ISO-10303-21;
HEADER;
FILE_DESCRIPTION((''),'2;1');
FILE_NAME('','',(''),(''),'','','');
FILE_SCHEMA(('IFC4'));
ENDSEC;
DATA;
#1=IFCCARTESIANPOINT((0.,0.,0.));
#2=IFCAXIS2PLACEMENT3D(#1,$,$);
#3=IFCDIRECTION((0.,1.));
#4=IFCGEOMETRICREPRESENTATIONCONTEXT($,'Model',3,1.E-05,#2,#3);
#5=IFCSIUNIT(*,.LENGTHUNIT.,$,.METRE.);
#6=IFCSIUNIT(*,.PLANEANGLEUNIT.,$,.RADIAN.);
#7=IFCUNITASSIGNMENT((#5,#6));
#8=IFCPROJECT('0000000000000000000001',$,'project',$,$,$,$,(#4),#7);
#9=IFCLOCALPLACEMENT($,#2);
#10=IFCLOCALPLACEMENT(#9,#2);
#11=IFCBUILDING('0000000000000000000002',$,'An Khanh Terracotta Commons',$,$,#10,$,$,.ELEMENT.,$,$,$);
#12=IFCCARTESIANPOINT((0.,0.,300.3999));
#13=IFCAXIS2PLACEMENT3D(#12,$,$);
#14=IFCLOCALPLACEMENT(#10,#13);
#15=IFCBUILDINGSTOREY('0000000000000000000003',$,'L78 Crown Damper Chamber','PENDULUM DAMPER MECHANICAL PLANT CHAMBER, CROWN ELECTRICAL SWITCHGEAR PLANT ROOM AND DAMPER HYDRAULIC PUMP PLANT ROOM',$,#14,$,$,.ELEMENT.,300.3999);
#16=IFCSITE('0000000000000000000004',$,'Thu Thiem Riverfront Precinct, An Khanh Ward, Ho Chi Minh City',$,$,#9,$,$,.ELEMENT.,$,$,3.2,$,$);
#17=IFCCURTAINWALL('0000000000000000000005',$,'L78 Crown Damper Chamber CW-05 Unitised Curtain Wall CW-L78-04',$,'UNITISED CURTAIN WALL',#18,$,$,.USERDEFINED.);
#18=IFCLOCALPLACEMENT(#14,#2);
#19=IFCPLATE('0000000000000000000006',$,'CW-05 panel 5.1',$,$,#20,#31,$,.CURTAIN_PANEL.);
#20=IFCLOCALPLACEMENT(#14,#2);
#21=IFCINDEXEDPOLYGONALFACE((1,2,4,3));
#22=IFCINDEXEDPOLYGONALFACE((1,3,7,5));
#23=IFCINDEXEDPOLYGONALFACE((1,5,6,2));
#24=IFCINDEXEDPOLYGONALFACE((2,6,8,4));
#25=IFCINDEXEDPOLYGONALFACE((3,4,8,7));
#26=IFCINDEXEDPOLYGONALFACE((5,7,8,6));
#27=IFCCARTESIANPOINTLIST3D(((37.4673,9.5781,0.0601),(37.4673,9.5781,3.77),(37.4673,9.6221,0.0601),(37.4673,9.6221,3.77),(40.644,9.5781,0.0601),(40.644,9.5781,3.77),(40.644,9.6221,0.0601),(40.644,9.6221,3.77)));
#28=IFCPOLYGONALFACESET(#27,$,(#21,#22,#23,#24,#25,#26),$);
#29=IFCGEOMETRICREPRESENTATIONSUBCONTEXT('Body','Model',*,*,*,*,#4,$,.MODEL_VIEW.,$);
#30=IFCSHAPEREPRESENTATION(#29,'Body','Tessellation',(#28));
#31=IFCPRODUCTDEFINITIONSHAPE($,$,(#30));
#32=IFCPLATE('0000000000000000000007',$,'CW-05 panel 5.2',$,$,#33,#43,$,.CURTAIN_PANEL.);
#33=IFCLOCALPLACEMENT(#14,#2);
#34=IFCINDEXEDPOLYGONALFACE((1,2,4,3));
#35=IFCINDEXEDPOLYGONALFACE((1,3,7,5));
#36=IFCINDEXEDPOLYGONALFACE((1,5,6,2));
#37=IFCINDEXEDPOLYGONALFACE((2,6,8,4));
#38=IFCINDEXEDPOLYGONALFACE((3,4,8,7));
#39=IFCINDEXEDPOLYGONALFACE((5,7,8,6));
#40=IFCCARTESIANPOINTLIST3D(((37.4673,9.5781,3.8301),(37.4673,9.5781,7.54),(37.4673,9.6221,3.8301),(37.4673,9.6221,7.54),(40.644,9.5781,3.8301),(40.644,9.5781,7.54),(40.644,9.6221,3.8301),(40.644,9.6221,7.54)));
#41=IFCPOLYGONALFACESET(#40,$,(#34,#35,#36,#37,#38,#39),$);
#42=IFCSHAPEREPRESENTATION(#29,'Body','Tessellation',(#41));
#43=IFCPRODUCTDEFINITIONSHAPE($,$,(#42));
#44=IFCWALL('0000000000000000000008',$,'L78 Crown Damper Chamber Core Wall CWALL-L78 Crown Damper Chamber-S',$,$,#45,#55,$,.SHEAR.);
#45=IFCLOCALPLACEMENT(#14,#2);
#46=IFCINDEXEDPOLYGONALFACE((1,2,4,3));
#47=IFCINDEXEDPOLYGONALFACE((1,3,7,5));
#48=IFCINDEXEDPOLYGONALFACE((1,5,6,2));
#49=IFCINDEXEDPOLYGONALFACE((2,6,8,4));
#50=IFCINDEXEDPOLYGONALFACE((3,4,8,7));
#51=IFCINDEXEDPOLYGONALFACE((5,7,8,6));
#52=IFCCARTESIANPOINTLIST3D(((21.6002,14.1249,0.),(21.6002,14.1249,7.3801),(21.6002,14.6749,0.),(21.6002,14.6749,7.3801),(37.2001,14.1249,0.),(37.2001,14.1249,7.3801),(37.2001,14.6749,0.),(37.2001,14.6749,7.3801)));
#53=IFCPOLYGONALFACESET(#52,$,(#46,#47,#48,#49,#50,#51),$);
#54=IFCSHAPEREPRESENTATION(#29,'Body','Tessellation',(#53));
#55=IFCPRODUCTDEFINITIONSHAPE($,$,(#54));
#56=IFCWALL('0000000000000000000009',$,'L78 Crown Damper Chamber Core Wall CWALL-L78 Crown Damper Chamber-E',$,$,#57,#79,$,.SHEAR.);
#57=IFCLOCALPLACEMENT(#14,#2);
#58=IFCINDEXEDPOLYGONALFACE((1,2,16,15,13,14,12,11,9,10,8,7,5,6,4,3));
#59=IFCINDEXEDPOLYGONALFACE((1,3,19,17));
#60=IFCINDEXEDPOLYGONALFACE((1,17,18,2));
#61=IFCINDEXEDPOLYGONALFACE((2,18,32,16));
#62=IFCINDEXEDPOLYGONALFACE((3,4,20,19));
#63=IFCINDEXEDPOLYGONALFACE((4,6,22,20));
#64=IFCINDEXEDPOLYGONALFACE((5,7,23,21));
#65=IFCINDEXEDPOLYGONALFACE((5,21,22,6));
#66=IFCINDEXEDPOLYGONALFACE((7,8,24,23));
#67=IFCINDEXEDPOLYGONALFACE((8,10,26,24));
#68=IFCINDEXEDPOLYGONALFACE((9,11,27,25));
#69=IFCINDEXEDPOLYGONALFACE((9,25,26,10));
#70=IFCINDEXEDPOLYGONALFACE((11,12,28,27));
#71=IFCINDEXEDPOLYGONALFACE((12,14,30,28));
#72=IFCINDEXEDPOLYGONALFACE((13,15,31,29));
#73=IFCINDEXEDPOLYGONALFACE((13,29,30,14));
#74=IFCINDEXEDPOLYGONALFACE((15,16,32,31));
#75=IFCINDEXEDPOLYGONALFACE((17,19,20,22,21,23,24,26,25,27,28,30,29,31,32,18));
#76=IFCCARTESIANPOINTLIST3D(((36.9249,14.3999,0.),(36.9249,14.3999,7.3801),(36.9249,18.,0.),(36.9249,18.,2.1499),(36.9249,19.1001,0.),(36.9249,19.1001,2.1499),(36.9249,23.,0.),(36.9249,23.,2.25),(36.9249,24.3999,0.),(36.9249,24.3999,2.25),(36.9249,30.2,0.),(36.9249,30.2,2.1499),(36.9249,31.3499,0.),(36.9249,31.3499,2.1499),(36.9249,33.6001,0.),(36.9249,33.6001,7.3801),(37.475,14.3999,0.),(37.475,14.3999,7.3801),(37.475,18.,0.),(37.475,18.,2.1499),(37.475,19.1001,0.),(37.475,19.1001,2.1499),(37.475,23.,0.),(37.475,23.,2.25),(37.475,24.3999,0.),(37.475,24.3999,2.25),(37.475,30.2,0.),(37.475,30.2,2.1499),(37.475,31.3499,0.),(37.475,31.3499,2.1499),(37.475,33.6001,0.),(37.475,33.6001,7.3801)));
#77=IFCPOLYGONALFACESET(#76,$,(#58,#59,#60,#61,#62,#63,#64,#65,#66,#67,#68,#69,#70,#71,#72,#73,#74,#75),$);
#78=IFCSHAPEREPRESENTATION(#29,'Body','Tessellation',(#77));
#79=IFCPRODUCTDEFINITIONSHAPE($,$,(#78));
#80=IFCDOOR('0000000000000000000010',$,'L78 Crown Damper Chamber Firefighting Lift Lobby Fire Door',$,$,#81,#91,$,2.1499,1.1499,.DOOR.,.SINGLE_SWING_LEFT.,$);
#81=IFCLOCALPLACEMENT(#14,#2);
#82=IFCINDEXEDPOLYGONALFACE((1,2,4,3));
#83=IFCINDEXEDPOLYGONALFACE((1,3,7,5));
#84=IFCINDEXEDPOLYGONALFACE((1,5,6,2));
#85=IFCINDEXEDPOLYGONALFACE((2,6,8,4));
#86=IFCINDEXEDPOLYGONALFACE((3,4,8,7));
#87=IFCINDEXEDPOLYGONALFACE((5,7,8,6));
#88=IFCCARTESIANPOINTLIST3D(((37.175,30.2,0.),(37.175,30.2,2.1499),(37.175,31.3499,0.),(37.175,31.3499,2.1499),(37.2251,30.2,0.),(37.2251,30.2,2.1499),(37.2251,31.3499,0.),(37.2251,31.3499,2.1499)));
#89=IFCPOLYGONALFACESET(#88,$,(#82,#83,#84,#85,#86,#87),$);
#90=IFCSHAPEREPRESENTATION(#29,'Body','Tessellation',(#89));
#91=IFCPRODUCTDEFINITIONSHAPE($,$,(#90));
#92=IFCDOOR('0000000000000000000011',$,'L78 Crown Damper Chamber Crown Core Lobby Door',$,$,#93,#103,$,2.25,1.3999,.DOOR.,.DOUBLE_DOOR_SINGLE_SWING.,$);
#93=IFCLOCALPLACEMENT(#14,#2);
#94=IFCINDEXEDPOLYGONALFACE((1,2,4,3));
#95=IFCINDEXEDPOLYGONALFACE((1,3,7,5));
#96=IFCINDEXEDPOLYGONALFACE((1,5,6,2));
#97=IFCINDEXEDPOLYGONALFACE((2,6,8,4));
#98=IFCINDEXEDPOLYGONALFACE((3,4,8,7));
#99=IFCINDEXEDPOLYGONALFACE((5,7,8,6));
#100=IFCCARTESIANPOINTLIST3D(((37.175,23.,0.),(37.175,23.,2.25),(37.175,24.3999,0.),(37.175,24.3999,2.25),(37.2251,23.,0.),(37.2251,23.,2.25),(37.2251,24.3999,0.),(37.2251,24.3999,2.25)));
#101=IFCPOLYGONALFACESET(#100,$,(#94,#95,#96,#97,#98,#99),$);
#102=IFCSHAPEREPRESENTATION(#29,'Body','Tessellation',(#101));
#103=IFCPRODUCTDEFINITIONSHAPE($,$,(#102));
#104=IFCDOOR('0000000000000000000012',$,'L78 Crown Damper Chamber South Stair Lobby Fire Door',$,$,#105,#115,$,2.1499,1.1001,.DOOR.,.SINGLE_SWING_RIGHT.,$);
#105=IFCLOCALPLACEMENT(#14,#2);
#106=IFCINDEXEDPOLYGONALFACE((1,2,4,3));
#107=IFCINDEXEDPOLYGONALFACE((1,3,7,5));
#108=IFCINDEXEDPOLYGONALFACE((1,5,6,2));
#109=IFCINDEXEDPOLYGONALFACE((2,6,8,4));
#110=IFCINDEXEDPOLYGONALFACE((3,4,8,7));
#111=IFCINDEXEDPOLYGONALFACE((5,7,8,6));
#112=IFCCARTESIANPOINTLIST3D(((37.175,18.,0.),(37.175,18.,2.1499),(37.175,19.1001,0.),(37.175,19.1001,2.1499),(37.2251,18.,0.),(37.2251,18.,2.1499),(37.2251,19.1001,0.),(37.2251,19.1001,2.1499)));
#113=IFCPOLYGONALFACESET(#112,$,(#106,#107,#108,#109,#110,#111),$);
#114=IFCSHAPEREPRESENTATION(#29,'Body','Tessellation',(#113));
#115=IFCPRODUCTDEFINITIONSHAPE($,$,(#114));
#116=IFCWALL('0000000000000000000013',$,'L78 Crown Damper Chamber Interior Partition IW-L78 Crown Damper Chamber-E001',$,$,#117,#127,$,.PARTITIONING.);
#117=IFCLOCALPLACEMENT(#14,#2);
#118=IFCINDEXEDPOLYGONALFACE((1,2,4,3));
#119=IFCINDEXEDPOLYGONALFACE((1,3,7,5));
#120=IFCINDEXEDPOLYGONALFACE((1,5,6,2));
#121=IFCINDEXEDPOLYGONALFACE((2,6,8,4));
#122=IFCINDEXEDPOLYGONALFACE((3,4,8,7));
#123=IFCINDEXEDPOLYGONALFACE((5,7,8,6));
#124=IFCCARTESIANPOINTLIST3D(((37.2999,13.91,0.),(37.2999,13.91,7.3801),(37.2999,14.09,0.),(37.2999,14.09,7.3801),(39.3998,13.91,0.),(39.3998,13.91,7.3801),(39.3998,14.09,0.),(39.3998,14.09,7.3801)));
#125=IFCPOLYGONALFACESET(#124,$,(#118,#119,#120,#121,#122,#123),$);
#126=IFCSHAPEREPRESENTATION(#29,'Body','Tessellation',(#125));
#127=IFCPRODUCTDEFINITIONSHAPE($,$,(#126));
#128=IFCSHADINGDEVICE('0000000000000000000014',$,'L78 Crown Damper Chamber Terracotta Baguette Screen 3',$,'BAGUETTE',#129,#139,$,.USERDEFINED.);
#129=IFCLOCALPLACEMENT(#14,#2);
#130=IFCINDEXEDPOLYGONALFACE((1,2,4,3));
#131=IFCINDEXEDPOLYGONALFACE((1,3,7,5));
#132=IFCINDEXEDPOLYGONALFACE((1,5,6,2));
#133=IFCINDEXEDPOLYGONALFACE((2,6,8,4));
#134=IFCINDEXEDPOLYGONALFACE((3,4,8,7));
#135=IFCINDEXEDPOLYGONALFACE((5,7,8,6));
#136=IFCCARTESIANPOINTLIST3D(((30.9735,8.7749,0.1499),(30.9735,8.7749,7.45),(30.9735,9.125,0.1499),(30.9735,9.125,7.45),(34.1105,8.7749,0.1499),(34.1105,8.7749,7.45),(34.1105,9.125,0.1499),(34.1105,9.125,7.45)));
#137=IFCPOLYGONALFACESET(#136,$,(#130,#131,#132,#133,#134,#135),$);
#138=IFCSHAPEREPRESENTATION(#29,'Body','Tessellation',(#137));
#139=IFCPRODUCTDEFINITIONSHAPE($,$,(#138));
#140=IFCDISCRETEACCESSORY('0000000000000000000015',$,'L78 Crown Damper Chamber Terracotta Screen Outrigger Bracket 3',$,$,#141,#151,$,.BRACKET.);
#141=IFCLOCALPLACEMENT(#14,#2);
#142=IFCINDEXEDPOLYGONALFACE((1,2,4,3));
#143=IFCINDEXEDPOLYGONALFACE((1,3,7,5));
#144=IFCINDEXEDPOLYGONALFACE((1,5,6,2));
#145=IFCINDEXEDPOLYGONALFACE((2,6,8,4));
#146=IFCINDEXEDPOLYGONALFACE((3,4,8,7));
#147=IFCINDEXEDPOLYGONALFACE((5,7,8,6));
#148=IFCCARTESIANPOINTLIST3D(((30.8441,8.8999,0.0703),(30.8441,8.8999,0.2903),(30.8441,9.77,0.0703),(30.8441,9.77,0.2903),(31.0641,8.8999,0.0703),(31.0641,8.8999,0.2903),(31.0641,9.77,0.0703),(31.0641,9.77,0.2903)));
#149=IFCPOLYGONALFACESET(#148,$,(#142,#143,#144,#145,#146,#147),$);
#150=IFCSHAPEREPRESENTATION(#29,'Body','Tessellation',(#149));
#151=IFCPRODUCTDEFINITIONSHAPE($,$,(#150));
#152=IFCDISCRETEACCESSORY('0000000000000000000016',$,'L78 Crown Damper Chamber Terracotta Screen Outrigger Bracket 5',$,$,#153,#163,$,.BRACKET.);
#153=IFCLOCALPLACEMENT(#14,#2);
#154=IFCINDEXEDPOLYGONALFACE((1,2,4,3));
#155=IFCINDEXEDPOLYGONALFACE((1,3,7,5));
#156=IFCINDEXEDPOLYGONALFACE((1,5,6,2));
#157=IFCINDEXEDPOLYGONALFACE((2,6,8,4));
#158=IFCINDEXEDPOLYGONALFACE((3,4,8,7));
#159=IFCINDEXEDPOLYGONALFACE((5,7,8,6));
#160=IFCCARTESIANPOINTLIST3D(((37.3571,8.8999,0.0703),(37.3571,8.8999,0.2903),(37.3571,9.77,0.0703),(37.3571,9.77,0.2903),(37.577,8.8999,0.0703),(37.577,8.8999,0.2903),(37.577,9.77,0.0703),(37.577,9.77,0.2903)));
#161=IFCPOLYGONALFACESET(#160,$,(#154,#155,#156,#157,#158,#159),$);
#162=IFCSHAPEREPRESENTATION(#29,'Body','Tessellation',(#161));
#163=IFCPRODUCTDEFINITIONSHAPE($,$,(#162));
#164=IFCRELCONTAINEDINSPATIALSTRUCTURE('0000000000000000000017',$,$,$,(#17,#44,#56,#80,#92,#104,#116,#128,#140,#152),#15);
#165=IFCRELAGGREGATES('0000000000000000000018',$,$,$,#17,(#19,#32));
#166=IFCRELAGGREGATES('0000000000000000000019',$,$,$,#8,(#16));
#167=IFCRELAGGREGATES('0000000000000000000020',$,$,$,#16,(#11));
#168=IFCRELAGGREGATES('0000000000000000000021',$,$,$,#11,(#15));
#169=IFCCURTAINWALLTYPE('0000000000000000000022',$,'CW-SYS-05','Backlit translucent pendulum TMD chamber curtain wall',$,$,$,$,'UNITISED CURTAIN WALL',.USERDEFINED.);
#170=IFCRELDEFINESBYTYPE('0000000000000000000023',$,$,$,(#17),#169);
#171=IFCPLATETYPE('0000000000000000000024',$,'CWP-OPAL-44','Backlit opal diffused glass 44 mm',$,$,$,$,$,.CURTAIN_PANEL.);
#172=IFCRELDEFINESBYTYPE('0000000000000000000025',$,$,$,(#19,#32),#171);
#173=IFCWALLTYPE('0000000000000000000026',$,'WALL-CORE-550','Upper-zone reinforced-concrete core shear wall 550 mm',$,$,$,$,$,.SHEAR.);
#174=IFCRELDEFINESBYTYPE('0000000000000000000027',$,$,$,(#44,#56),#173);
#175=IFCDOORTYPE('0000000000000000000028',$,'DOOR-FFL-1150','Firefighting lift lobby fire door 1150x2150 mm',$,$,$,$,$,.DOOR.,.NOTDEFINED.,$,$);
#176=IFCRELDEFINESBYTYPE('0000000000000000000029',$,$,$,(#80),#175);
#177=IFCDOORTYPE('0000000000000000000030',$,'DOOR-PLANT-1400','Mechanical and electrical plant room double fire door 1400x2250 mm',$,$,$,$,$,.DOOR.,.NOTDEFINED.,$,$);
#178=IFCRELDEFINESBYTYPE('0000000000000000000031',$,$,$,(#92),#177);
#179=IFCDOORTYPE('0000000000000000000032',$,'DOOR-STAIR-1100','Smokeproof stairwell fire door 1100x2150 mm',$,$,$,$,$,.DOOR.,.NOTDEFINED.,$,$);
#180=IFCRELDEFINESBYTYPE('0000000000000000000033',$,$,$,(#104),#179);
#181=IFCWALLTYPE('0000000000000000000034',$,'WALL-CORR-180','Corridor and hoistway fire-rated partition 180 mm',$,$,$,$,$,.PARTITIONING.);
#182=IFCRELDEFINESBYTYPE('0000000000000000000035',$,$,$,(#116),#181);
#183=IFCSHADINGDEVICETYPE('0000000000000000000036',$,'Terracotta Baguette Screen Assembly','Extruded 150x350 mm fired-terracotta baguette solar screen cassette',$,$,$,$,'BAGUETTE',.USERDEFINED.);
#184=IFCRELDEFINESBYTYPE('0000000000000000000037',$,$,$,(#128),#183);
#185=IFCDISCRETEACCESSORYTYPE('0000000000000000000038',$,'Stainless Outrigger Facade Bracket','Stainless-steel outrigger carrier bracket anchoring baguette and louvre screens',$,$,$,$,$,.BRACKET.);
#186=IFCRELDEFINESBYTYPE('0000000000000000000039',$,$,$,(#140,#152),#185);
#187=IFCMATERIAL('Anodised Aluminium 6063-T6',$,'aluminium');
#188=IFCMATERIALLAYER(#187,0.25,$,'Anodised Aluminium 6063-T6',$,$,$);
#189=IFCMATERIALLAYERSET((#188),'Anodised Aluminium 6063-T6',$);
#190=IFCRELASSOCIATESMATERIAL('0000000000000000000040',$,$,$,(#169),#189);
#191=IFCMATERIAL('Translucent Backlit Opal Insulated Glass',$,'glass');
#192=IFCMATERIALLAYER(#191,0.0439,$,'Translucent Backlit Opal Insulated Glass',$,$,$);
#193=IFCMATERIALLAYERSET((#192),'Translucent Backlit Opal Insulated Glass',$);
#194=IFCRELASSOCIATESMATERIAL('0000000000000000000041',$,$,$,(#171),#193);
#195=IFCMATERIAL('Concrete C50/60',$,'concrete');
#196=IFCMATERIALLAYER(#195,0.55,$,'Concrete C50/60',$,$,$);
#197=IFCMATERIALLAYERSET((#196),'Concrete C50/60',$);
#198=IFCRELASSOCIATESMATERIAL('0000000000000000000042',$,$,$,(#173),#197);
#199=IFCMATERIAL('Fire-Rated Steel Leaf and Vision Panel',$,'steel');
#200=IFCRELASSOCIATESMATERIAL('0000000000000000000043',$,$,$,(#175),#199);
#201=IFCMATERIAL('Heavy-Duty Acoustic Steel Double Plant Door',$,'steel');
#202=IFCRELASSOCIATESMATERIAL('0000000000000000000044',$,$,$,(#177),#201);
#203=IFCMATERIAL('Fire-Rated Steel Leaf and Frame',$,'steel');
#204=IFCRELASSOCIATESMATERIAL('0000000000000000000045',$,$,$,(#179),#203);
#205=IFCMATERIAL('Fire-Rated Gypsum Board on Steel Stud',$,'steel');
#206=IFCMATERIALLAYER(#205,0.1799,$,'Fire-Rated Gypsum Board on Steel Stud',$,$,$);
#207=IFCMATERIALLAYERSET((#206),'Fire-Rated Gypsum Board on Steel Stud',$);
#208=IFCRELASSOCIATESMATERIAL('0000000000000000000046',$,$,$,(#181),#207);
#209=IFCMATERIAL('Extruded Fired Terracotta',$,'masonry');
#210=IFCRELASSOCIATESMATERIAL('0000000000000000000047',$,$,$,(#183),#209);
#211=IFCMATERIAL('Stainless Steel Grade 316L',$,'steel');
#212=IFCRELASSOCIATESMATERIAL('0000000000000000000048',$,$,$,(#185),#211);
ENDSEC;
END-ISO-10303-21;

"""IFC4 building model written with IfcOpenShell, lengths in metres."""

from ifc_helpers import new_model, si_unit, direction, frame, frame_2d, origin, origin_2d, place, context, subcontext, project, spatial, rectangle, extrude, material, layer, layer_set, type_object, element, fill, aggregate, save


model = new_model("IFC4")

# Units and contexts
model_context = context("Model", 3, precision=1e-05, world=origin(), true_north=direction((0.0, 1.0)))
body_context = subcontext(model_context, "Body", "Model", "MODEL_VIEW")
ifc_project = project(units=[si_unit("LENGTHUNIT", "METRE"), si_unit("PLANEANGLEUNIT", "RADIAN")], contexts=[model_context])

# Site, building, storey
site_placement = place(None, origin())
site = spatial("IfcSite", under=ifc_project, at=site_placement, Name="Thu Thiem Riverfront Precinct, An Khanh Ward, Ho Chi Minh City", CompositionType="ELEMENT", RefElevation=3.2)
building_placement = place(site_placement, origin())
building = spatial("IfcBuilding", under=site, at=building_placement, Name="An Khanh Terracotta Commons", CompositionType="ELEMENT")
storey_placement = place(building_placement, frame((0.0, 0.0, 300.3999)))
storey = spatial("IfcBuildingStorey", under=building, at=storey_placement, Name="L78 Crown Damper Chamber", Description="PENDULUM DAMPER MECHANICAL PLANT CHAMBER, CROWN ELECTRICAL SWITCHGEAR PLANT ROOM AND DAMPER HYDRAULIC PUMP PLANT ROOM", CompositionType="ELEMENT", Elevation=300.3999)

# Shared definitions
ifc_material_1 = material(Name="Concrete C50/60", Category="concrete")

# Curtain wall, plates
ifc_material_2 = material(Name="Anodised Aluminium 6063-T6", Category="aluminium")
ifc_layer_1 = layer(ifc_material_2, 0.25, Name="Anodised Aluminium 6063-T6")
ifc_layer_set_1 = layer_set([ifc_layer_1], Name="Anodised Aluminium 6063-T6")
curtain_wall_type = type_object("IfcCurtainWallType", Name="CW-SYS-05", Description="Backlit translucent pendulum TMD chamber curtain wall", ElementType="UNITISED CURTAIN WALL", PredefinedType="USERDEFINED", material=ifc_layer_set_1)
curtain_wall_placement = place(storey_placement, origin())
curtain_wall = element("IfcCurtainWall", 1, at=curtain_wall_placement, inside=storey, type_object=curtain_wall_type, Name="L78 Crown Damper Chamber CW-05 Unitised Curtain Wall CW-L78-04", ObjectType="UNITISED CURTAIN WALL", PredefinedType="USERDEFINED")
ifc_material_3 = material(Name="Translucent Backlit Opal Insulated Glass", Category="glass")
ifc_layer_2 = layer(ifc_material_3, 0.0439, Name="Translucent Backlit Opal Insulated Glass")
ifc_layer_set_2 = layer_set([ifc_layer_2], Name="Translucent Backlit Opal Insulated Glass")
plate_type = type_object("IfcPlateType", Name="CWP-OPAL-44", Description="Backlit opal diffused glass 44 mm", PredefinedType="CURTAIN_PANEL", material=ifc_layer_set_2)
plate_1_placement = place(storey_placement, frame((39.0557, 9.6001, 0.0601), z_axis=(0.0, 0.0, 1.0), x_axis=(1.0, 0.0, 0.0)))
plate_1 = element("IfcPlate", 2, at=plate_1_placement, type_object=plate_type, Name="CW-05 panel 5.1", PredefinedType="CURTAIN_PANEL", context=body_context, shape_type="SweptSolid", body=[
    extrude(rectangle(XDim=3.1768, YDim=0.0439, at=origin_2d()), origin(), (0.0, 0.0, 1.0), 3.71),
])
plate_2_placement = place(storey_placement, frame((39.0557, 9.6001, 3.8301), z_axis=(0.0, 0.0, 1.0), x_axis=(1.0, 0.0, 0.0)))
plate_2 = element("IfcPlate", 3, at=plate_2_placement, type_object=plate_type, Name="CW-05 panel 5.2", PredefinedType="CURTAIN_PANEL", context=body_context, shape_type="SweptSolid", body=[
    extrude(rectangle(XDim=3.1768, YDim=0.0439, at=origin_2d()), origin(), (0.0, 0.0, 1.0), 3.71),
])
aggregate(curtain_wall, [plate_1, plate_2])

# Wall
ifc_layer_3 = layer(ifc_material_1, 0.55, Name="Concrete C50/60")
ifc_layer_set_3 = layer_set([ifc_layer_3], Name="Concrete C50/60")
wall_type_1 = type_object("IfcWallType", Name="WALL-CORE-550", Description="Upper-zone reinforced-concrete core shear wall 550 mm", PredefinedType="SHEAR", material=ifc_layer_set_3)
wall_1_placement = place(storey_placement, frame((37.2, 14.3999, 0.0), z_axis=(0.0, 0.0, 1.0), x_axis=(-1.0, 0.0, 0.0)))
element("IfcWall", 4, at=wall_1_placement, inside=storey, type_object=wall_type_1, Name="L78 Crown Damper Chamber Core Wall CWALL-L78 Crown Damper Chamber-S", PredefinedType="SHEAR", context=body_context, shape_type="SweptSolid", body=[
    extrude(rectangle(XDim=15.5999, YDim=0.55, at=frame_2d((7.7998, 0.0))), origin(), (0.0, 0.0, 1.0), 7.3801),
])

# Wall, openings, doors
wall_2_placement = place(storey_placement, frame((37.2, 14.3999, 0.0), z_axis=(0.0, 0.0, 1.0), x_axis=(0.0, 1.0, 0.0)))
wall_2 = element("IfcWall", 5, at=wall_2_placement, inside=storey, type_object=wall_type_1, Name="L78 Crown Damper Chamber Core Wall CWALL-L78 Crown Damper Chamber-E", PredefinedType="SHEAR", context=body_context, shape_type="SweptSolid", body=[
    extrude(rectangle(XDim=19.2002, YDim=0.55, at=frame_2d((9.6001, 0.0))), origin(), (0.0, 0.0, 1.0), 7.3801),
])
opening_1_placement = place(wall_2_placement, frame((15.8, 0.0, 0.0)))
opening_1 = element("IfcOpeningElement", 6, at=opening_1_placement, cuts=wall_2, PredefinedType="OPENING", context=body_context, shape_type="SweptSolid", body=[
    extrude(rectangle(XDim=1.1499, YDim=2.1499, at=frame_2d((0.575, 1.075))), frame((0.0, 0.2849, 0.0), z_axis=(0.0, -1.0, 0.0), x_axis=(1.0, 0.0, 0.0)), (0.0, 0.0, 1.0), 0.5701),
])
opening_2_placement = place(wall_2_placement, frame((3.6001, 0.0, 0.0)))
opening_2 = element("IfcOpeningElement", 7, at=opening_2_placement, cuts=wall_2, PredefinedType="OPENING", context=body_context, shape_type="SweptSolid", body=[
    extrude(rectangle(XDim=1.1001, YDim=2.1499, at=frame_2d((0.55, 1.075))), frame((0.0, 0.2849, 0.0), z_axis=(0.0, -1.0, 0.0), x_axis=(1.0, 0.0, 0.0)), (0.0, 0.0, 1.0), 0.5701),
])
opening_3_placement = place(wall_2_placement, frame((8.6001, 0.0, 0.0)))
opening_3 = element("IfcOpeningElement", 8, at=opening_3_placement, cuts=wall_2, PredefinedType="OPENING", context=body_context, shape_type="SweptSolid", body=[
    extrude(rectangle(XDim=1.3999, YDim=2.25, at=frame_2d((0.7, 1.125))), frame((0.0, 0.2849, 0.0), z_axis=(0.0, -1.0, 0.0), x_axis=(1.0, 0.0, 0.0)), (0.0, 0.0, 1.0), 0.5701),
])
ifc_material_4 = material(Name="Fire-Rated Steel Leaf and Vision Panel", Category="steel")
door_type_1 = type_object("IfcDoorType", Name="DOOR-FFL-1150", Description="Firefighting lift lobby fire door 1150x2150 mm", OperationType="NOTDEFINED", PredefinedType="DOOR", material=ifc_material_4)
door_1_placement = place(opening_1_placement, origin())
door_1 = element("IfcDoor", 9, at=door_1_placement, inside=storey, type_object=door_type_1, Name="L78 Crown Damper Chamber Firefighting Lift Lobby Fire Door", OperationType="SINGLE_SWING_LEFT", OverallHeight=2.1499, OverallWidth=1.1499, PredefinedType="DOOR", context=body_context, shape_type="SweptSolid", body=[
    extrude(rectangle(XDim=1.1499, YDim=2.1499, at=frame_2d((0.575, 1.075))), frame((0.0, 0.0249, 0.0), z_axis=(0.0, -1.0, 0.0), x_axis=(1.0, 0.0, 0.0)), (0.0, 0.0, 1.0), 0.05),
])
fill(opening_1, door_1)
ifc_material_5 = material(Name="Heavy-Duty Acoustic Steel Double Plant Door", Category="steel")
door_type_2 = type_object("IfcDoorType", Name="DOOR-PLANT-1400", Description="Mechanical and electrical plant room double fire door 1400x2250 mm", OperationType="NOTDEFINED", PredefinedType="DOOR", material=ifc_material_5)
door_2_placement = place(opening_3_placement, origin())
door_2 = element("IfcDoor", 10, at=door_2_placement, inside=storey, type_object=door_type_2, Name="L78 Crown Damper Chamber Crown Core Lobby Door", OperationType="DOUBLE_DOOR_SINGLE_SWING", OverallHeight=2.25, OverallWidth=1.3999, PredefinedType="DOOR", context=body_context, shape_type="SweptSolid", body=[
    extrude(rectangle(XDim=1.3999, YDim=2.25, at=frame_2d((0.7, 1.125))), frame((0.0, 0.0249, 0.0), z_axis=(0.0, -1.0, 0.0), x_axis=(1.0, 0.0, 0.0)), (0.0, 0.0, 1.0), 0.05),
])
fill(opening_3, door_2)
ifc_material_6 = material(Name="Fire-Rated Steel Leaf and Frame", Category="steel")
door_type_3 = type_object("IfcDoorType", Name="DOOR-STAIR-1100", Description="Smokeproof stairwell fire door 1100x2150 mm", OperationType="NOTDEFINED", PredefinedType="DOOR", material=ifc_material_6)
door_3_placement = place(opening_2_placement, origin())
door_3 = element("IfcDoor", 11, at=door_3_placement, inside=storey, type_object=door_type_3, Name="L78 Crown Damper Chamber South Stair Lobby Fire Door", OperationType="SINGLE_SWING_RIGHT", OverallHeight=2.1499, OverallWidth=1.1001, PredefinedType="DOOR", context=body_context, shape_type="SweptSolid", body=[
    extrude(rectangle(XDim=1.1001, YDim=2.1499, at=frame_2d((0.55, 1.075))), frame((0.0, 0.0249, 0.0), z_axis=(0.0, -1.0, 0.0), x_axis=(1.0, 0.0, 0.0)), (0.0, 0.0, 1.0), 0.05),
])
fill(opening_2, door_3)

# Wall
ifc_material_7 = material(Name="Fire-Rated Gypsum Board on Steel Stud", Category="steel")
ifc_layer_4 = layer(ifc_material_7, 0.1799, Name="Fire-Rated Gypsum Board on Steel Stud")
ifc_layer_set_4 = layer_set([ifc_layer_4], Name="Fire-Rated Gypsum Board on Steel Stud")
wall_type_2 = type_object("IfcWallType", Name="WALL-CORR-180", Description="Corridor and hoistway fire-rated partition 180 mm", PredefinedType="PARTITIONING", material=ifc_layer_set_4)
wall_3_placement = place(storey_placement, frame((37.3, 14.0, 0.0), z_axis=(0.0, 0.0, 1.0), x_axis=(1.0, 0.0, 0.0)))
element("IfcWall", 12, at=wall_3_placement, inside=storey, type_object=wall_type_2, Name="L78 Crown Damper Chamber Interior Partition IW-L78 Crown Damper Chamber-E001", PredefinedType="PARTITIONING", context=body_context, shape_type="SweptSolid", body=[
    extrude(rectangle(XDim=2.0999, YDim=0.1799, at=frame_2d((1.0498, 0.0))), origin(), (0.0, 0.0, 1.0), 7.3801),
])

# Shading device
ifc_material_8 = material(Name="Extruded Fired Terracotta", Category="masonry")
shading_device_type = type_object("IfcShadingDeviceType", Name="Terracotta Baguette Screen Assembly", Description="Extruded 150x350 mm fired-terracotta baguette solar screen cassette", ElementType="BAGUETTE", PredefinedType="USERDEFINED", material=ifc_material_8)
shading_device_placement = place(storey_placement, frame((32.542, 8.95, 0.1499), z_axis=(0.0, 0.0, 1.0), x_axis=(1.0, 0.0, 0.0)))
element("IfcShadingDevice", 13, at=shading_device_placement, inside=storey, type_object=shading_device_type, Name="L78 Crown Damper Chamber Terracotta Baguette Screen 3", ObjectType="BAGUETTE", PredefinedType="USERDEFINED", context=body_context, shape_type="SweptSolid", body=[
    extrude(rectangle(XDim=3.137, YDim=0.3501, at=origin_2d()), origin(), (0.0, 0.0, 1.0), 7.3),
])

# Discrete accessories
ifc_material_9 = material(Name="Stainless Steel Grade 316L", Category="steel")
discrete_accessory_type = type_object("IfcDiscreteAccessoryType", Name="Stainless Outrigger Facade Bracket", Description="Stainless-steel outrigger carrier bracket anchoring baguette and louvre screens", PredefinedType="BRACKET", material=ifc_material_9)
for number, where, z_axis, x_axis, name in (
    (14, (30.9541, 9.335, 0.0703), (0.0, 0.0, 1.0), (1.0, 0.0, 0.0), "L78 Crown Damper Chamber Terracotta Screen Outrigger Bracket 3"),
    (15, (37.467, 9.335, 0.0703), (0.0, 0.0, 1.0), (1.0, 0.0, 0.0), "L78 Crown Damper Chamber Terracotta Screen Outrigger Bracket 5"),
):
    element("IfcDiscreteAccessory", number, at=place(storey_placement, frame(where, z_axis=z_axis, x_axis=x_axis)), inside=storey, type_object=discrete_accessory_type, Name=name, PredefinedType="BRACKET", context=body_context, shape_type="SweptSolid", body=[
        extrude(rectangle(XDim=0.22, YDim=0.8701, at=origin_2d()), origin(), (0.0, 0.0, 1.0), 0.22),
    ])

save(model, "model.ifc")
